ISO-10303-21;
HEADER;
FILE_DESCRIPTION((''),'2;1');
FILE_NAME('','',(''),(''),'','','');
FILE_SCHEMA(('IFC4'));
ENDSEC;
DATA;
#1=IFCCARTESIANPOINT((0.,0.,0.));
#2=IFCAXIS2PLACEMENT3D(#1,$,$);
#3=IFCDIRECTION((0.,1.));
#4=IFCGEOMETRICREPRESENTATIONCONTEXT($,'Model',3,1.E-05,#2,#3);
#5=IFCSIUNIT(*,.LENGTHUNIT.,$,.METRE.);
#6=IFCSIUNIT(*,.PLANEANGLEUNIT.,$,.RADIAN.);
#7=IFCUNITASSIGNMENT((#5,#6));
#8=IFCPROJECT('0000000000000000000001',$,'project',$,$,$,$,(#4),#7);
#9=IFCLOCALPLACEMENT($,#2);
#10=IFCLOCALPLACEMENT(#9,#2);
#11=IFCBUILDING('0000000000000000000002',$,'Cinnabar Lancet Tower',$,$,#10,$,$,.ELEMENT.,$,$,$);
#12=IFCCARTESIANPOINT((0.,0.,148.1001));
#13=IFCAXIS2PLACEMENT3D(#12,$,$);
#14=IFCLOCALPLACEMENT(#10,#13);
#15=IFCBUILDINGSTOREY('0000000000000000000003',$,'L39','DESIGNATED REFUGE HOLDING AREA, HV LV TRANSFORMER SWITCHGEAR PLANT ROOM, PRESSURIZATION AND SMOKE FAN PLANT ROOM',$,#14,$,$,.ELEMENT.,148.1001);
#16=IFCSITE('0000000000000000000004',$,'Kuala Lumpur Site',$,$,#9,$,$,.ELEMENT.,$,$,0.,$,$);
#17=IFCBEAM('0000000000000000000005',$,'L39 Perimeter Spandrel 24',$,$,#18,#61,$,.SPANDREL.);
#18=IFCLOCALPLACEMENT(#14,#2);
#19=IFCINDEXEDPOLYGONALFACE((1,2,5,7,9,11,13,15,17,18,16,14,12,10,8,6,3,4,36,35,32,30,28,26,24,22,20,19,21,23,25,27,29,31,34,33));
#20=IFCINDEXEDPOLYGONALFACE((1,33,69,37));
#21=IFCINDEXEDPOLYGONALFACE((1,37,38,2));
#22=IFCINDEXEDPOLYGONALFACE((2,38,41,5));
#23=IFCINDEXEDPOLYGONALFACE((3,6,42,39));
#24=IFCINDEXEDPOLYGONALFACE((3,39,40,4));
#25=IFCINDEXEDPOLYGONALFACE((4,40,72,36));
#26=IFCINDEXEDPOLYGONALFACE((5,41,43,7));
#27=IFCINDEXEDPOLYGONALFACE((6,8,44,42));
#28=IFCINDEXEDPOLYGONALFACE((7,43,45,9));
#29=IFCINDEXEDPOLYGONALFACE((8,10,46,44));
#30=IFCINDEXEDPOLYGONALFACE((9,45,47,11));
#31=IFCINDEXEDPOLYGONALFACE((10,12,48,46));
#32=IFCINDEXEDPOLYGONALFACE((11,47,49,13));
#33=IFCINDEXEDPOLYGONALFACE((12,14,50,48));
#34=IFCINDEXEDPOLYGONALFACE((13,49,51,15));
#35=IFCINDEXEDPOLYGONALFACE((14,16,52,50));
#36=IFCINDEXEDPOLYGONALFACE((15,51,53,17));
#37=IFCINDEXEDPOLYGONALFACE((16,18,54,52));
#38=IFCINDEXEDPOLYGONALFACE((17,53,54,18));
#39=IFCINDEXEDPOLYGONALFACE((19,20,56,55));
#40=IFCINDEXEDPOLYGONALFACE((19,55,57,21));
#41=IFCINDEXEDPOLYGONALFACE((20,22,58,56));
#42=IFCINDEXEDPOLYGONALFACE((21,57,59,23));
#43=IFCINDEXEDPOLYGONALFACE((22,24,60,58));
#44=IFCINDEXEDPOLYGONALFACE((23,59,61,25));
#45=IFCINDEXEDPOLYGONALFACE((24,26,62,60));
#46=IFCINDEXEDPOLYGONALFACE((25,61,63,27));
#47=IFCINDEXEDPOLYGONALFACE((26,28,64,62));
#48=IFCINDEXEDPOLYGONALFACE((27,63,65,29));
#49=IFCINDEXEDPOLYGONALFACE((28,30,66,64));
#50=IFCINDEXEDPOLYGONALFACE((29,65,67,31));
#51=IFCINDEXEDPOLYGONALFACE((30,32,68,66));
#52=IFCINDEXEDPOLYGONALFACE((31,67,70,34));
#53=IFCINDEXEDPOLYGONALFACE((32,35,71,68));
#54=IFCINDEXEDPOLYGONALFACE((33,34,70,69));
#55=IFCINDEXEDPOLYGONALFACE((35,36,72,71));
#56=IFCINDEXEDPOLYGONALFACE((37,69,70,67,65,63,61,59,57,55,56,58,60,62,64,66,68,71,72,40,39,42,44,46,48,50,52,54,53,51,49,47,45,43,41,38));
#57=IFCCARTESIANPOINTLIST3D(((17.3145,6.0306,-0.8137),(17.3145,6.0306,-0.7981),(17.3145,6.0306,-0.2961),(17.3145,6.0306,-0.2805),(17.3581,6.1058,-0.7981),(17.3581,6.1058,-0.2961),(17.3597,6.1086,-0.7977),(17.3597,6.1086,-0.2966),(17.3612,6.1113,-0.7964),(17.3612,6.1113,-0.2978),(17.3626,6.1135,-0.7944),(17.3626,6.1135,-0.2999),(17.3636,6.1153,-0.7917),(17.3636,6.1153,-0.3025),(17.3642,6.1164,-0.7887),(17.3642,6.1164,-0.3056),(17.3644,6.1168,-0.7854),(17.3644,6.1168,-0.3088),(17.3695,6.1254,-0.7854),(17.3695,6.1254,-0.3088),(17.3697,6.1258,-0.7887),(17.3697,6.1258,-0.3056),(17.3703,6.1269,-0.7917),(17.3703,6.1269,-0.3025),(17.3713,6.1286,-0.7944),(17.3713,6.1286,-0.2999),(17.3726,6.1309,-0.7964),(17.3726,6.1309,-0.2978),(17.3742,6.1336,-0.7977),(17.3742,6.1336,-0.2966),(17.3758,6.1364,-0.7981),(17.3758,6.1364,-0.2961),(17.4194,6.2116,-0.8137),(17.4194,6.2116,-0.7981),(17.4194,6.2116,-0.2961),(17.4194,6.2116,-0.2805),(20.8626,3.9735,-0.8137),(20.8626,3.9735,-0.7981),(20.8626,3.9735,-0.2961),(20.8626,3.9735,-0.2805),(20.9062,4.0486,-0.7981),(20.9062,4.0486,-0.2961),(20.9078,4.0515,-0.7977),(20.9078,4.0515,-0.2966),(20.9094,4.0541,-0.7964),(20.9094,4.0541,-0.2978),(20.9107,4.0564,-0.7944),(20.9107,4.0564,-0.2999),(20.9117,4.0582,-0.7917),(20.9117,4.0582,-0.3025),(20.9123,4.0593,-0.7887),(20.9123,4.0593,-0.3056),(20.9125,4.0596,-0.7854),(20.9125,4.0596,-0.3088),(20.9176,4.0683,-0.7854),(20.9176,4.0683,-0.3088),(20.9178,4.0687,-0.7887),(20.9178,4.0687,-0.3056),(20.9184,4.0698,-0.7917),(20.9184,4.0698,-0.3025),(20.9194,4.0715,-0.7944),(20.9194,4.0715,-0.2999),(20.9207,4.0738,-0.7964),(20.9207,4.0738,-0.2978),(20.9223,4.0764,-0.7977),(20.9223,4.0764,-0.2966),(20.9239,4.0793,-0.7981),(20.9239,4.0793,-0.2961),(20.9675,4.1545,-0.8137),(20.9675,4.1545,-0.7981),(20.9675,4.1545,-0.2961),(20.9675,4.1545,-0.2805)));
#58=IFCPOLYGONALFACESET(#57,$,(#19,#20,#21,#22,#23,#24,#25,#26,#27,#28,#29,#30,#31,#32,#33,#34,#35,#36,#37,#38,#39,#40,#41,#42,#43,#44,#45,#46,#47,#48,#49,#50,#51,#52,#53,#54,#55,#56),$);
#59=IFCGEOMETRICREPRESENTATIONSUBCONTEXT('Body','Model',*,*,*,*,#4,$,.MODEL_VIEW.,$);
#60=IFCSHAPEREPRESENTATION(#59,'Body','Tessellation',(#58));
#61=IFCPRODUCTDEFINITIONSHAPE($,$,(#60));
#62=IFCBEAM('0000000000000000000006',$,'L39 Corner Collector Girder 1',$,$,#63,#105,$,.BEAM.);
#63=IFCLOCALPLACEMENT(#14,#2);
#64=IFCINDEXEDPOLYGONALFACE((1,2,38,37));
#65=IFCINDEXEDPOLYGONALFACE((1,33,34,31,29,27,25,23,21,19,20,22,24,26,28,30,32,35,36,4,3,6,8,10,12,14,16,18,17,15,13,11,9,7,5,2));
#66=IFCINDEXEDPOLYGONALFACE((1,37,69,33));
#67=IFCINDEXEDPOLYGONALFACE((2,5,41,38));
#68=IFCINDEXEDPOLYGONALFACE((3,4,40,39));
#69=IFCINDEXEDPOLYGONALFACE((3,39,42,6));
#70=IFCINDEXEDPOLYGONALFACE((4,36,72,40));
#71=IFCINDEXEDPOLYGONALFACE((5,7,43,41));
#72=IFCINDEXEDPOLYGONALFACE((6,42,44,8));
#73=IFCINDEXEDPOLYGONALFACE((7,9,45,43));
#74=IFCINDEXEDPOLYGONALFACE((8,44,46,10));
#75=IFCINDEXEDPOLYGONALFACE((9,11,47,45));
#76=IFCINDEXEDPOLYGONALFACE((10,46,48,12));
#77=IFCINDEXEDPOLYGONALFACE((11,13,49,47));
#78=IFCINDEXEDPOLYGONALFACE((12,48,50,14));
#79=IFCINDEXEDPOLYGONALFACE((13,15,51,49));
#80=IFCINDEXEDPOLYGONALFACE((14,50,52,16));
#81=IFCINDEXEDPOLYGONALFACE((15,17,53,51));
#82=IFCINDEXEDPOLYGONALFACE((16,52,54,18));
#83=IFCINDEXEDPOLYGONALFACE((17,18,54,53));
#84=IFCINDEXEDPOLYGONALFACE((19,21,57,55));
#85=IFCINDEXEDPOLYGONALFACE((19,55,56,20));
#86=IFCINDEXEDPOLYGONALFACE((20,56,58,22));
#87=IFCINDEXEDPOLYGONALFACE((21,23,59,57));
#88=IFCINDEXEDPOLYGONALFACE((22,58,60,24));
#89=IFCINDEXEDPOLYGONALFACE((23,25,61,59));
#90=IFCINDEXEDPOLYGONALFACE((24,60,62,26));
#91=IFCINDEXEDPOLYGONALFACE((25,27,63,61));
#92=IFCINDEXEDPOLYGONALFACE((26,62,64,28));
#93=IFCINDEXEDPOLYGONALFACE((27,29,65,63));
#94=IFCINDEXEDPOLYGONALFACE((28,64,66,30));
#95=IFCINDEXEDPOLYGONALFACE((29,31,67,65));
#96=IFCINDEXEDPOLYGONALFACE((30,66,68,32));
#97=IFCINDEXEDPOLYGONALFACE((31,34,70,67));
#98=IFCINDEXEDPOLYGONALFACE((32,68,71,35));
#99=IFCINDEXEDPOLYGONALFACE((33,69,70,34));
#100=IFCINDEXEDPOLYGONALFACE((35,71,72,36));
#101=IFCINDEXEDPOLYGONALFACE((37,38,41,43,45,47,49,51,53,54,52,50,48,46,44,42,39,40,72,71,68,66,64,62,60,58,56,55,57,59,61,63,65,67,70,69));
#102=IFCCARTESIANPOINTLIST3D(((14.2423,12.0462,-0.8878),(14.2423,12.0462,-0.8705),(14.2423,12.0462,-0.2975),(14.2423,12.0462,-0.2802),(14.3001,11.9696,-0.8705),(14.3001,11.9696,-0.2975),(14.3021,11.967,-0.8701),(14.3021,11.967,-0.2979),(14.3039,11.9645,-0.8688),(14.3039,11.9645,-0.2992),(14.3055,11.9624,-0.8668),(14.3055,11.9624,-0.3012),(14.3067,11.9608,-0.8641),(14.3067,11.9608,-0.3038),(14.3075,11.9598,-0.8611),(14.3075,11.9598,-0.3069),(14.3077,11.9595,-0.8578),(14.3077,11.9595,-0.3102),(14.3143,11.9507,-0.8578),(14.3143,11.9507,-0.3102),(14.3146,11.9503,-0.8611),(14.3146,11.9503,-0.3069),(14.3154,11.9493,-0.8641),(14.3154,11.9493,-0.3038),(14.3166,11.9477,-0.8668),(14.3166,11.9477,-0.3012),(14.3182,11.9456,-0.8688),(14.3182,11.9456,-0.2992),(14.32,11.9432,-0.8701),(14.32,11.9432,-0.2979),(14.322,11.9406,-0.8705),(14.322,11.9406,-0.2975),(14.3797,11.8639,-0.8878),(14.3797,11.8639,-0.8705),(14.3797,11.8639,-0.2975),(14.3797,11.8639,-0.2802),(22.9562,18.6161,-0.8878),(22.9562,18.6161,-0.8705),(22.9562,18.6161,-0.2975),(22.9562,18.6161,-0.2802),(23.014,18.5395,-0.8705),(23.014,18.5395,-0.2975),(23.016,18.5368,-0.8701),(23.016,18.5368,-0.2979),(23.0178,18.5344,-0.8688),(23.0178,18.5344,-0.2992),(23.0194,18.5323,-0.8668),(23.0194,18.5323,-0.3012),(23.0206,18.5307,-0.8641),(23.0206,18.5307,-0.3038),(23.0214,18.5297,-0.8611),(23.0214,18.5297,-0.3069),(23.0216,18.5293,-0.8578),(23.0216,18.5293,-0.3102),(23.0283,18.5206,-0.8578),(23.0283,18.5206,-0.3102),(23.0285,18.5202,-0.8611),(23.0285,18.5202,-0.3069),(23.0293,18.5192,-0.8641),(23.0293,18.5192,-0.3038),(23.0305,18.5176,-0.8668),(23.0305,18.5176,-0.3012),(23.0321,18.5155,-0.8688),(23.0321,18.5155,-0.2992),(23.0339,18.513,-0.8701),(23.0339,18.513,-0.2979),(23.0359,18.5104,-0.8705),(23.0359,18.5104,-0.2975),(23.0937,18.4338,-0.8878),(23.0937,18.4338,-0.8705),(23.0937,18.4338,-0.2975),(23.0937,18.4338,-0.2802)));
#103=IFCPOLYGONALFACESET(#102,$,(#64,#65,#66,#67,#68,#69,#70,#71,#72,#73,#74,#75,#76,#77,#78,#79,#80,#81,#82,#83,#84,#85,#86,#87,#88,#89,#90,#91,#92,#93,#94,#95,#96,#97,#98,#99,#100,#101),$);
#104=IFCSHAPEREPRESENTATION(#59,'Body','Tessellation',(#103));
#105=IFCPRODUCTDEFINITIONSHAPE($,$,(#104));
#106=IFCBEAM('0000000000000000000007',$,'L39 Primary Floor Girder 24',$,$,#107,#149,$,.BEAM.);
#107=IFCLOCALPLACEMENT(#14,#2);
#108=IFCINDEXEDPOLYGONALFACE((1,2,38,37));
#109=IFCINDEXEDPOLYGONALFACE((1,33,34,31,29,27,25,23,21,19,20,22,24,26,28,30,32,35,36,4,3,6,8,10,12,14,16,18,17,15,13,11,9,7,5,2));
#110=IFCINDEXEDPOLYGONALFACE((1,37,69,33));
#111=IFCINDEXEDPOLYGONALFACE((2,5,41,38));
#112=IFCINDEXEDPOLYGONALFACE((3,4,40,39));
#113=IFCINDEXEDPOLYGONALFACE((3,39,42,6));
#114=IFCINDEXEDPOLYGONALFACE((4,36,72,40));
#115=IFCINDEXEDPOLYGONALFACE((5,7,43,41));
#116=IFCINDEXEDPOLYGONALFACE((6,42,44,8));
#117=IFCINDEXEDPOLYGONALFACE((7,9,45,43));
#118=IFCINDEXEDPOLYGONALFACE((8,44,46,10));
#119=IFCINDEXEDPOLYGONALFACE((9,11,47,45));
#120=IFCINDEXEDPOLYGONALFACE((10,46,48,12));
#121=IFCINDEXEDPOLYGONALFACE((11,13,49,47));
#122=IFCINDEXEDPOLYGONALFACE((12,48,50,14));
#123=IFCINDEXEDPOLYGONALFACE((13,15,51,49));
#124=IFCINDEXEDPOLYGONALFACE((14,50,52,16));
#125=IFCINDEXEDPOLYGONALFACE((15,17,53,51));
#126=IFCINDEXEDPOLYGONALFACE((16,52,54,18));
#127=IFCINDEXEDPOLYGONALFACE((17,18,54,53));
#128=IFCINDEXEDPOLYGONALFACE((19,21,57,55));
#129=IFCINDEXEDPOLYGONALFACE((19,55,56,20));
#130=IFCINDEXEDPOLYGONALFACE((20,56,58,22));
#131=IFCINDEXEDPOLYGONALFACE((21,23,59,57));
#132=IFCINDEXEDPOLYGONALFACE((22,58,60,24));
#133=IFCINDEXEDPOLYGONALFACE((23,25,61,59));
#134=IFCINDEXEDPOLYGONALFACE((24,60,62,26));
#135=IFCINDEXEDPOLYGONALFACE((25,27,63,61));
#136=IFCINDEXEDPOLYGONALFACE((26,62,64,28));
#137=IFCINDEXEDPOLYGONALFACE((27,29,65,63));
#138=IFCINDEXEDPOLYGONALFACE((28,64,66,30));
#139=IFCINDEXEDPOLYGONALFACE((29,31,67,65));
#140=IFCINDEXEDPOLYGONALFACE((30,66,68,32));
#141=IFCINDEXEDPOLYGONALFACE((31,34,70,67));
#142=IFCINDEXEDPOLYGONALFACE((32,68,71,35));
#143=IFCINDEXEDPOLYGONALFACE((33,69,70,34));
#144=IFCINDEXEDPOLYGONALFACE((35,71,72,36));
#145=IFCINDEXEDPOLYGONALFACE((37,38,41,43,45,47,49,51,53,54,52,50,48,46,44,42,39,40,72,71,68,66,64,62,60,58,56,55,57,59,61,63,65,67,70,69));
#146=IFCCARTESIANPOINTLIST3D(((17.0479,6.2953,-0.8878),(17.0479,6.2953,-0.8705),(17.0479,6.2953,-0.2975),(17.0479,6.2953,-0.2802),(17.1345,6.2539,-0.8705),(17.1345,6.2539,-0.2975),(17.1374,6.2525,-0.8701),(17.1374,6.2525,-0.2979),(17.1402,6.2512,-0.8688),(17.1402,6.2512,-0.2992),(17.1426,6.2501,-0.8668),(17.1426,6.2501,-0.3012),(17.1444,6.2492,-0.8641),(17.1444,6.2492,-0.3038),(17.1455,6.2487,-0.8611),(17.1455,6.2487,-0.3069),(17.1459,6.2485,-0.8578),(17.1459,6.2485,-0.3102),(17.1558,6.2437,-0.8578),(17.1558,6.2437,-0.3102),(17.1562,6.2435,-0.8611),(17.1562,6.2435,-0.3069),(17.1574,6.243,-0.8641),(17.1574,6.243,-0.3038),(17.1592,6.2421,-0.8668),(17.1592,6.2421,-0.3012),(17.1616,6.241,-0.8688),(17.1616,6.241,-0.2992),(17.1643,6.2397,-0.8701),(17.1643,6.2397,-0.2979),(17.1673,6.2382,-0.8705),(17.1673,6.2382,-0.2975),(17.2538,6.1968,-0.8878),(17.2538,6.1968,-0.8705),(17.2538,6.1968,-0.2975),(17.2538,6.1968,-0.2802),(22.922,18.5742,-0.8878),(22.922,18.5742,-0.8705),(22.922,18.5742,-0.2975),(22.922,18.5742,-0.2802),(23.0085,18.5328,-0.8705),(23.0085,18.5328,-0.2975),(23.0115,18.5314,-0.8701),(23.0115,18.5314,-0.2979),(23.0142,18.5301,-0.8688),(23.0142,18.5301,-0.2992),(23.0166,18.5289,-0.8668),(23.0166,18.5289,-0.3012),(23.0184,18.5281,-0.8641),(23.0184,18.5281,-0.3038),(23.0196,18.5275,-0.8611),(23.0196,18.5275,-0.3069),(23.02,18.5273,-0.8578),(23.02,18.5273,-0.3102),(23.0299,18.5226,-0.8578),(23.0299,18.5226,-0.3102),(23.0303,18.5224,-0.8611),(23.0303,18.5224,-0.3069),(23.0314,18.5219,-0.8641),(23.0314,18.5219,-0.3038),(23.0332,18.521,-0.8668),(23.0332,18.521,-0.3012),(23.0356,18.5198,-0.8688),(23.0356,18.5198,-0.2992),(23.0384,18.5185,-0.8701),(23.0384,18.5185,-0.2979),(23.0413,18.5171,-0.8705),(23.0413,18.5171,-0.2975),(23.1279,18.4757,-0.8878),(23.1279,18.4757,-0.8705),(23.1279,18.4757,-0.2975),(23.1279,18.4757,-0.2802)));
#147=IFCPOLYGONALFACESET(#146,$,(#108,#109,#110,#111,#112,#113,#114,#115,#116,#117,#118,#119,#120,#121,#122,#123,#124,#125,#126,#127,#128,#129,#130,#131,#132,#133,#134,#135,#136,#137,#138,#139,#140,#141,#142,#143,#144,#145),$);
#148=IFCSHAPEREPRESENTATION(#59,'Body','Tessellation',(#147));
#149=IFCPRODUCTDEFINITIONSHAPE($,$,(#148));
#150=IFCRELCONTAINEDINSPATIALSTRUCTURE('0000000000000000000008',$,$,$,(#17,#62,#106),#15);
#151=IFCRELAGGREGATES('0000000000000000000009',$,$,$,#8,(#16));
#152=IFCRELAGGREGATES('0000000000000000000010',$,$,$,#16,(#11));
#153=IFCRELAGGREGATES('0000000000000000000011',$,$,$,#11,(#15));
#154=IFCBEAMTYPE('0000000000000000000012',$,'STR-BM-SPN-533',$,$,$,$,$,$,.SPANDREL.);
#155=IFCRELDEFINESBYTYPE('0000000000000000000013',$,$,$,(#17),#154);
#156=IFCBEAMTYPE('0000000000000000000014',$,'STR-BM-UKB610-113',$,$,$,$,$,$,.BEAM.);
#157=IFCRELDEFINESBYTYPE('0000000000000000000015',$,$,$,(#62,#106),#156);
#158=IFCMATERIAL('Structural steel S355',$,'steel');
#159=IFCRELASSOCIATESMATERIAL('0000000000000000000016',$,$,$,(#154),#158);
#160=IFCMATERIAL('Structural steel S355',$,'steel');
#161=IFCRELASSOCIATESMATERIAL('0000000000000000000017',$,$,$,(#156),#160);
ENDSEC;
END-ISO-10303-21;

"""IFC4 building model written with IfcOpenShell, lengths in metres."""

from ifc_helpers import new_model, si_unit, direction, frame, origin, origin_2d, place, context, subcontext, project, spatial, i_section, extrude, material, material_profile, profile_set, type_object, element, save


model = new_model("IFC4")

# Units and contexts
model_context = context("Model", 3, precision=1e-05, world=origin(), true_north=direction((0.0, 1.0)))
body_context = subcontext(model_context, "Body", "Model", "MODEL_VIEW")
ifc_project = project(units=[si_unit("LENGTHUNIT", "METRE"), si_unit("PLANEANGLEUNIT", "RADIAN")], contexts=[model_context])

# Site, building, storey
site_placement = place(None, origin())
site = spatial("IfcSite", under=ifc_project, at=site_placement, Name="Kuala Lumpur Site", CompositionType="ELEMENT", RefElevation=0.0)
building_placement = place(site_placement, origin())
building = spatial("IfcBuilding", under=site, at=building_placement, Name="Cinnabar Lancet Tower", CompositionType="ELEMENT")
storey_placement = place(building_placement, frame((0.0, 0.0, 148.1001)))
storey = spatial("IfcBuildingStorey", under=building, at=storey_placement, Name="L39", Description="DESIGNATED REFUGE HOLDING AREA, HV LV TRANSFORMER SWITCHGEAR PLANT ROOM, PRESSURIZATION AND SMOKE FAN PLANT ROOM", CompositionType="ELEMENT", Elevation=148.1001)

# Beams
ifc_material_1 = material(Name="Structural steel S355", Category="steel")
ifc_material_profile_1 = material_profile(ifc_material_1, i_section(OverallWidth=0.2092, OverallDepth=0.5332, WebThickness=0.01, FlangeThickness=0.0156, FilletRadius=0.0127, at=origin_2d()), Name="UKB 533x210x92")
ifc_profile_set_1 = profile_set([ifc_material_profile_1], Name="Structural steel S355")
beam_type_1 = type_object("IfcBeamType", Name="STR-BM-SPN-533", PredefinedType="SPANDREL", material=ifc_profile_set_1)
beam_1_placement = place(storey_placement, frame((17.3669, 6.1211, -0.5471), z_axis=(0.865112, -0.501578, 0.0), x_axis=(0.501578, 0.865112, 0.0)))
element("IfcBeam", 1, at=beam_1_placement, inside=storey, type_object=beam_type_1, Name="L39 Perimeter Spandrel 24", PredefinedType="SPANDREL", context=body_context, shape_type="SweptSolid", body=[
    extrude(i_section(OverallWidth=0.2092, OverallDepth=0.5332, WebThickness=0.01, FlangeThickness=0.0156, FilletRadius=0.0127, at=origin_2d()), origin(), (0.0, 0.0, 1.0), 4.1013),
])
ifc_material_2 = material(Name="Structural steel S355", Category="steel")
ifc_material_profile_2 = material_profile(ifc_material_2, i_section(OverallWidth=0.2283, OverallDepth=0.6077, WebThickness=0.011, FlangeThickness=0.0173, FilletRadius=0.0127, at=origin_2d()), Name="UKB 610x229x113")
ifc_profile_set_2 = profile_set([ifc_material_profile_2], Name="Structural steel S355")
beam_type_2 = type_object("IfcBeamType", Name="STR-BM-UKB610-113", PredefinedType="BEAM", material=ifc_profile_set_2)
beam_2_placement = place(storey_placement, frame((14.311, 11.9551, -0.584), z_axis=(0.798483, 0.602017, 0.0), x_axis=(-0.602017, 0.798483, 0.0)))
element("IfcBeam", 2, at=beam_2_placement, inside=storey, type_object=beam_type_2, Name="L39 Corner Collector Girder 1", PredefinedType="BEAM", context=body_context, shape_type="SweptSolid", body=[
    extrude(i_section(OverallWidth=0.2283, OverallDepth=0.6077, WebThickness=0.011, FlangeThickness=0.0173, FilletRadius=0.0127, at=origin_2d()), origin(), (0.0, 0.0, 1.0), 10.9131),
])
beam_3_placement = place(storey_placement, frame((17.1509, 6.2461, -0.584), z_axis=(0.431548, 0.90209, 0.0), x_axis=(-0.90209, 0.431548, 0.0)))
element("IfcBeam", 3, at=beam_3_placement, inside=storey, type_object=beam_type_2, Name="L39 Primary Floor Girder 24", PredefinedType="BEAM", context=body_context, shape_type="SweptSolid", body=[
    extrude(i_section(OverallWidth=0.2283, OverallDepth=0.6077, WebThickness=0.011, FlangeThickness=0.0173, FilletRadius=0.0127, at=origin_2d()), origin(), (0.0, 0.0, 1.0), 13.6116),
])

save(model, "model.ifc")
